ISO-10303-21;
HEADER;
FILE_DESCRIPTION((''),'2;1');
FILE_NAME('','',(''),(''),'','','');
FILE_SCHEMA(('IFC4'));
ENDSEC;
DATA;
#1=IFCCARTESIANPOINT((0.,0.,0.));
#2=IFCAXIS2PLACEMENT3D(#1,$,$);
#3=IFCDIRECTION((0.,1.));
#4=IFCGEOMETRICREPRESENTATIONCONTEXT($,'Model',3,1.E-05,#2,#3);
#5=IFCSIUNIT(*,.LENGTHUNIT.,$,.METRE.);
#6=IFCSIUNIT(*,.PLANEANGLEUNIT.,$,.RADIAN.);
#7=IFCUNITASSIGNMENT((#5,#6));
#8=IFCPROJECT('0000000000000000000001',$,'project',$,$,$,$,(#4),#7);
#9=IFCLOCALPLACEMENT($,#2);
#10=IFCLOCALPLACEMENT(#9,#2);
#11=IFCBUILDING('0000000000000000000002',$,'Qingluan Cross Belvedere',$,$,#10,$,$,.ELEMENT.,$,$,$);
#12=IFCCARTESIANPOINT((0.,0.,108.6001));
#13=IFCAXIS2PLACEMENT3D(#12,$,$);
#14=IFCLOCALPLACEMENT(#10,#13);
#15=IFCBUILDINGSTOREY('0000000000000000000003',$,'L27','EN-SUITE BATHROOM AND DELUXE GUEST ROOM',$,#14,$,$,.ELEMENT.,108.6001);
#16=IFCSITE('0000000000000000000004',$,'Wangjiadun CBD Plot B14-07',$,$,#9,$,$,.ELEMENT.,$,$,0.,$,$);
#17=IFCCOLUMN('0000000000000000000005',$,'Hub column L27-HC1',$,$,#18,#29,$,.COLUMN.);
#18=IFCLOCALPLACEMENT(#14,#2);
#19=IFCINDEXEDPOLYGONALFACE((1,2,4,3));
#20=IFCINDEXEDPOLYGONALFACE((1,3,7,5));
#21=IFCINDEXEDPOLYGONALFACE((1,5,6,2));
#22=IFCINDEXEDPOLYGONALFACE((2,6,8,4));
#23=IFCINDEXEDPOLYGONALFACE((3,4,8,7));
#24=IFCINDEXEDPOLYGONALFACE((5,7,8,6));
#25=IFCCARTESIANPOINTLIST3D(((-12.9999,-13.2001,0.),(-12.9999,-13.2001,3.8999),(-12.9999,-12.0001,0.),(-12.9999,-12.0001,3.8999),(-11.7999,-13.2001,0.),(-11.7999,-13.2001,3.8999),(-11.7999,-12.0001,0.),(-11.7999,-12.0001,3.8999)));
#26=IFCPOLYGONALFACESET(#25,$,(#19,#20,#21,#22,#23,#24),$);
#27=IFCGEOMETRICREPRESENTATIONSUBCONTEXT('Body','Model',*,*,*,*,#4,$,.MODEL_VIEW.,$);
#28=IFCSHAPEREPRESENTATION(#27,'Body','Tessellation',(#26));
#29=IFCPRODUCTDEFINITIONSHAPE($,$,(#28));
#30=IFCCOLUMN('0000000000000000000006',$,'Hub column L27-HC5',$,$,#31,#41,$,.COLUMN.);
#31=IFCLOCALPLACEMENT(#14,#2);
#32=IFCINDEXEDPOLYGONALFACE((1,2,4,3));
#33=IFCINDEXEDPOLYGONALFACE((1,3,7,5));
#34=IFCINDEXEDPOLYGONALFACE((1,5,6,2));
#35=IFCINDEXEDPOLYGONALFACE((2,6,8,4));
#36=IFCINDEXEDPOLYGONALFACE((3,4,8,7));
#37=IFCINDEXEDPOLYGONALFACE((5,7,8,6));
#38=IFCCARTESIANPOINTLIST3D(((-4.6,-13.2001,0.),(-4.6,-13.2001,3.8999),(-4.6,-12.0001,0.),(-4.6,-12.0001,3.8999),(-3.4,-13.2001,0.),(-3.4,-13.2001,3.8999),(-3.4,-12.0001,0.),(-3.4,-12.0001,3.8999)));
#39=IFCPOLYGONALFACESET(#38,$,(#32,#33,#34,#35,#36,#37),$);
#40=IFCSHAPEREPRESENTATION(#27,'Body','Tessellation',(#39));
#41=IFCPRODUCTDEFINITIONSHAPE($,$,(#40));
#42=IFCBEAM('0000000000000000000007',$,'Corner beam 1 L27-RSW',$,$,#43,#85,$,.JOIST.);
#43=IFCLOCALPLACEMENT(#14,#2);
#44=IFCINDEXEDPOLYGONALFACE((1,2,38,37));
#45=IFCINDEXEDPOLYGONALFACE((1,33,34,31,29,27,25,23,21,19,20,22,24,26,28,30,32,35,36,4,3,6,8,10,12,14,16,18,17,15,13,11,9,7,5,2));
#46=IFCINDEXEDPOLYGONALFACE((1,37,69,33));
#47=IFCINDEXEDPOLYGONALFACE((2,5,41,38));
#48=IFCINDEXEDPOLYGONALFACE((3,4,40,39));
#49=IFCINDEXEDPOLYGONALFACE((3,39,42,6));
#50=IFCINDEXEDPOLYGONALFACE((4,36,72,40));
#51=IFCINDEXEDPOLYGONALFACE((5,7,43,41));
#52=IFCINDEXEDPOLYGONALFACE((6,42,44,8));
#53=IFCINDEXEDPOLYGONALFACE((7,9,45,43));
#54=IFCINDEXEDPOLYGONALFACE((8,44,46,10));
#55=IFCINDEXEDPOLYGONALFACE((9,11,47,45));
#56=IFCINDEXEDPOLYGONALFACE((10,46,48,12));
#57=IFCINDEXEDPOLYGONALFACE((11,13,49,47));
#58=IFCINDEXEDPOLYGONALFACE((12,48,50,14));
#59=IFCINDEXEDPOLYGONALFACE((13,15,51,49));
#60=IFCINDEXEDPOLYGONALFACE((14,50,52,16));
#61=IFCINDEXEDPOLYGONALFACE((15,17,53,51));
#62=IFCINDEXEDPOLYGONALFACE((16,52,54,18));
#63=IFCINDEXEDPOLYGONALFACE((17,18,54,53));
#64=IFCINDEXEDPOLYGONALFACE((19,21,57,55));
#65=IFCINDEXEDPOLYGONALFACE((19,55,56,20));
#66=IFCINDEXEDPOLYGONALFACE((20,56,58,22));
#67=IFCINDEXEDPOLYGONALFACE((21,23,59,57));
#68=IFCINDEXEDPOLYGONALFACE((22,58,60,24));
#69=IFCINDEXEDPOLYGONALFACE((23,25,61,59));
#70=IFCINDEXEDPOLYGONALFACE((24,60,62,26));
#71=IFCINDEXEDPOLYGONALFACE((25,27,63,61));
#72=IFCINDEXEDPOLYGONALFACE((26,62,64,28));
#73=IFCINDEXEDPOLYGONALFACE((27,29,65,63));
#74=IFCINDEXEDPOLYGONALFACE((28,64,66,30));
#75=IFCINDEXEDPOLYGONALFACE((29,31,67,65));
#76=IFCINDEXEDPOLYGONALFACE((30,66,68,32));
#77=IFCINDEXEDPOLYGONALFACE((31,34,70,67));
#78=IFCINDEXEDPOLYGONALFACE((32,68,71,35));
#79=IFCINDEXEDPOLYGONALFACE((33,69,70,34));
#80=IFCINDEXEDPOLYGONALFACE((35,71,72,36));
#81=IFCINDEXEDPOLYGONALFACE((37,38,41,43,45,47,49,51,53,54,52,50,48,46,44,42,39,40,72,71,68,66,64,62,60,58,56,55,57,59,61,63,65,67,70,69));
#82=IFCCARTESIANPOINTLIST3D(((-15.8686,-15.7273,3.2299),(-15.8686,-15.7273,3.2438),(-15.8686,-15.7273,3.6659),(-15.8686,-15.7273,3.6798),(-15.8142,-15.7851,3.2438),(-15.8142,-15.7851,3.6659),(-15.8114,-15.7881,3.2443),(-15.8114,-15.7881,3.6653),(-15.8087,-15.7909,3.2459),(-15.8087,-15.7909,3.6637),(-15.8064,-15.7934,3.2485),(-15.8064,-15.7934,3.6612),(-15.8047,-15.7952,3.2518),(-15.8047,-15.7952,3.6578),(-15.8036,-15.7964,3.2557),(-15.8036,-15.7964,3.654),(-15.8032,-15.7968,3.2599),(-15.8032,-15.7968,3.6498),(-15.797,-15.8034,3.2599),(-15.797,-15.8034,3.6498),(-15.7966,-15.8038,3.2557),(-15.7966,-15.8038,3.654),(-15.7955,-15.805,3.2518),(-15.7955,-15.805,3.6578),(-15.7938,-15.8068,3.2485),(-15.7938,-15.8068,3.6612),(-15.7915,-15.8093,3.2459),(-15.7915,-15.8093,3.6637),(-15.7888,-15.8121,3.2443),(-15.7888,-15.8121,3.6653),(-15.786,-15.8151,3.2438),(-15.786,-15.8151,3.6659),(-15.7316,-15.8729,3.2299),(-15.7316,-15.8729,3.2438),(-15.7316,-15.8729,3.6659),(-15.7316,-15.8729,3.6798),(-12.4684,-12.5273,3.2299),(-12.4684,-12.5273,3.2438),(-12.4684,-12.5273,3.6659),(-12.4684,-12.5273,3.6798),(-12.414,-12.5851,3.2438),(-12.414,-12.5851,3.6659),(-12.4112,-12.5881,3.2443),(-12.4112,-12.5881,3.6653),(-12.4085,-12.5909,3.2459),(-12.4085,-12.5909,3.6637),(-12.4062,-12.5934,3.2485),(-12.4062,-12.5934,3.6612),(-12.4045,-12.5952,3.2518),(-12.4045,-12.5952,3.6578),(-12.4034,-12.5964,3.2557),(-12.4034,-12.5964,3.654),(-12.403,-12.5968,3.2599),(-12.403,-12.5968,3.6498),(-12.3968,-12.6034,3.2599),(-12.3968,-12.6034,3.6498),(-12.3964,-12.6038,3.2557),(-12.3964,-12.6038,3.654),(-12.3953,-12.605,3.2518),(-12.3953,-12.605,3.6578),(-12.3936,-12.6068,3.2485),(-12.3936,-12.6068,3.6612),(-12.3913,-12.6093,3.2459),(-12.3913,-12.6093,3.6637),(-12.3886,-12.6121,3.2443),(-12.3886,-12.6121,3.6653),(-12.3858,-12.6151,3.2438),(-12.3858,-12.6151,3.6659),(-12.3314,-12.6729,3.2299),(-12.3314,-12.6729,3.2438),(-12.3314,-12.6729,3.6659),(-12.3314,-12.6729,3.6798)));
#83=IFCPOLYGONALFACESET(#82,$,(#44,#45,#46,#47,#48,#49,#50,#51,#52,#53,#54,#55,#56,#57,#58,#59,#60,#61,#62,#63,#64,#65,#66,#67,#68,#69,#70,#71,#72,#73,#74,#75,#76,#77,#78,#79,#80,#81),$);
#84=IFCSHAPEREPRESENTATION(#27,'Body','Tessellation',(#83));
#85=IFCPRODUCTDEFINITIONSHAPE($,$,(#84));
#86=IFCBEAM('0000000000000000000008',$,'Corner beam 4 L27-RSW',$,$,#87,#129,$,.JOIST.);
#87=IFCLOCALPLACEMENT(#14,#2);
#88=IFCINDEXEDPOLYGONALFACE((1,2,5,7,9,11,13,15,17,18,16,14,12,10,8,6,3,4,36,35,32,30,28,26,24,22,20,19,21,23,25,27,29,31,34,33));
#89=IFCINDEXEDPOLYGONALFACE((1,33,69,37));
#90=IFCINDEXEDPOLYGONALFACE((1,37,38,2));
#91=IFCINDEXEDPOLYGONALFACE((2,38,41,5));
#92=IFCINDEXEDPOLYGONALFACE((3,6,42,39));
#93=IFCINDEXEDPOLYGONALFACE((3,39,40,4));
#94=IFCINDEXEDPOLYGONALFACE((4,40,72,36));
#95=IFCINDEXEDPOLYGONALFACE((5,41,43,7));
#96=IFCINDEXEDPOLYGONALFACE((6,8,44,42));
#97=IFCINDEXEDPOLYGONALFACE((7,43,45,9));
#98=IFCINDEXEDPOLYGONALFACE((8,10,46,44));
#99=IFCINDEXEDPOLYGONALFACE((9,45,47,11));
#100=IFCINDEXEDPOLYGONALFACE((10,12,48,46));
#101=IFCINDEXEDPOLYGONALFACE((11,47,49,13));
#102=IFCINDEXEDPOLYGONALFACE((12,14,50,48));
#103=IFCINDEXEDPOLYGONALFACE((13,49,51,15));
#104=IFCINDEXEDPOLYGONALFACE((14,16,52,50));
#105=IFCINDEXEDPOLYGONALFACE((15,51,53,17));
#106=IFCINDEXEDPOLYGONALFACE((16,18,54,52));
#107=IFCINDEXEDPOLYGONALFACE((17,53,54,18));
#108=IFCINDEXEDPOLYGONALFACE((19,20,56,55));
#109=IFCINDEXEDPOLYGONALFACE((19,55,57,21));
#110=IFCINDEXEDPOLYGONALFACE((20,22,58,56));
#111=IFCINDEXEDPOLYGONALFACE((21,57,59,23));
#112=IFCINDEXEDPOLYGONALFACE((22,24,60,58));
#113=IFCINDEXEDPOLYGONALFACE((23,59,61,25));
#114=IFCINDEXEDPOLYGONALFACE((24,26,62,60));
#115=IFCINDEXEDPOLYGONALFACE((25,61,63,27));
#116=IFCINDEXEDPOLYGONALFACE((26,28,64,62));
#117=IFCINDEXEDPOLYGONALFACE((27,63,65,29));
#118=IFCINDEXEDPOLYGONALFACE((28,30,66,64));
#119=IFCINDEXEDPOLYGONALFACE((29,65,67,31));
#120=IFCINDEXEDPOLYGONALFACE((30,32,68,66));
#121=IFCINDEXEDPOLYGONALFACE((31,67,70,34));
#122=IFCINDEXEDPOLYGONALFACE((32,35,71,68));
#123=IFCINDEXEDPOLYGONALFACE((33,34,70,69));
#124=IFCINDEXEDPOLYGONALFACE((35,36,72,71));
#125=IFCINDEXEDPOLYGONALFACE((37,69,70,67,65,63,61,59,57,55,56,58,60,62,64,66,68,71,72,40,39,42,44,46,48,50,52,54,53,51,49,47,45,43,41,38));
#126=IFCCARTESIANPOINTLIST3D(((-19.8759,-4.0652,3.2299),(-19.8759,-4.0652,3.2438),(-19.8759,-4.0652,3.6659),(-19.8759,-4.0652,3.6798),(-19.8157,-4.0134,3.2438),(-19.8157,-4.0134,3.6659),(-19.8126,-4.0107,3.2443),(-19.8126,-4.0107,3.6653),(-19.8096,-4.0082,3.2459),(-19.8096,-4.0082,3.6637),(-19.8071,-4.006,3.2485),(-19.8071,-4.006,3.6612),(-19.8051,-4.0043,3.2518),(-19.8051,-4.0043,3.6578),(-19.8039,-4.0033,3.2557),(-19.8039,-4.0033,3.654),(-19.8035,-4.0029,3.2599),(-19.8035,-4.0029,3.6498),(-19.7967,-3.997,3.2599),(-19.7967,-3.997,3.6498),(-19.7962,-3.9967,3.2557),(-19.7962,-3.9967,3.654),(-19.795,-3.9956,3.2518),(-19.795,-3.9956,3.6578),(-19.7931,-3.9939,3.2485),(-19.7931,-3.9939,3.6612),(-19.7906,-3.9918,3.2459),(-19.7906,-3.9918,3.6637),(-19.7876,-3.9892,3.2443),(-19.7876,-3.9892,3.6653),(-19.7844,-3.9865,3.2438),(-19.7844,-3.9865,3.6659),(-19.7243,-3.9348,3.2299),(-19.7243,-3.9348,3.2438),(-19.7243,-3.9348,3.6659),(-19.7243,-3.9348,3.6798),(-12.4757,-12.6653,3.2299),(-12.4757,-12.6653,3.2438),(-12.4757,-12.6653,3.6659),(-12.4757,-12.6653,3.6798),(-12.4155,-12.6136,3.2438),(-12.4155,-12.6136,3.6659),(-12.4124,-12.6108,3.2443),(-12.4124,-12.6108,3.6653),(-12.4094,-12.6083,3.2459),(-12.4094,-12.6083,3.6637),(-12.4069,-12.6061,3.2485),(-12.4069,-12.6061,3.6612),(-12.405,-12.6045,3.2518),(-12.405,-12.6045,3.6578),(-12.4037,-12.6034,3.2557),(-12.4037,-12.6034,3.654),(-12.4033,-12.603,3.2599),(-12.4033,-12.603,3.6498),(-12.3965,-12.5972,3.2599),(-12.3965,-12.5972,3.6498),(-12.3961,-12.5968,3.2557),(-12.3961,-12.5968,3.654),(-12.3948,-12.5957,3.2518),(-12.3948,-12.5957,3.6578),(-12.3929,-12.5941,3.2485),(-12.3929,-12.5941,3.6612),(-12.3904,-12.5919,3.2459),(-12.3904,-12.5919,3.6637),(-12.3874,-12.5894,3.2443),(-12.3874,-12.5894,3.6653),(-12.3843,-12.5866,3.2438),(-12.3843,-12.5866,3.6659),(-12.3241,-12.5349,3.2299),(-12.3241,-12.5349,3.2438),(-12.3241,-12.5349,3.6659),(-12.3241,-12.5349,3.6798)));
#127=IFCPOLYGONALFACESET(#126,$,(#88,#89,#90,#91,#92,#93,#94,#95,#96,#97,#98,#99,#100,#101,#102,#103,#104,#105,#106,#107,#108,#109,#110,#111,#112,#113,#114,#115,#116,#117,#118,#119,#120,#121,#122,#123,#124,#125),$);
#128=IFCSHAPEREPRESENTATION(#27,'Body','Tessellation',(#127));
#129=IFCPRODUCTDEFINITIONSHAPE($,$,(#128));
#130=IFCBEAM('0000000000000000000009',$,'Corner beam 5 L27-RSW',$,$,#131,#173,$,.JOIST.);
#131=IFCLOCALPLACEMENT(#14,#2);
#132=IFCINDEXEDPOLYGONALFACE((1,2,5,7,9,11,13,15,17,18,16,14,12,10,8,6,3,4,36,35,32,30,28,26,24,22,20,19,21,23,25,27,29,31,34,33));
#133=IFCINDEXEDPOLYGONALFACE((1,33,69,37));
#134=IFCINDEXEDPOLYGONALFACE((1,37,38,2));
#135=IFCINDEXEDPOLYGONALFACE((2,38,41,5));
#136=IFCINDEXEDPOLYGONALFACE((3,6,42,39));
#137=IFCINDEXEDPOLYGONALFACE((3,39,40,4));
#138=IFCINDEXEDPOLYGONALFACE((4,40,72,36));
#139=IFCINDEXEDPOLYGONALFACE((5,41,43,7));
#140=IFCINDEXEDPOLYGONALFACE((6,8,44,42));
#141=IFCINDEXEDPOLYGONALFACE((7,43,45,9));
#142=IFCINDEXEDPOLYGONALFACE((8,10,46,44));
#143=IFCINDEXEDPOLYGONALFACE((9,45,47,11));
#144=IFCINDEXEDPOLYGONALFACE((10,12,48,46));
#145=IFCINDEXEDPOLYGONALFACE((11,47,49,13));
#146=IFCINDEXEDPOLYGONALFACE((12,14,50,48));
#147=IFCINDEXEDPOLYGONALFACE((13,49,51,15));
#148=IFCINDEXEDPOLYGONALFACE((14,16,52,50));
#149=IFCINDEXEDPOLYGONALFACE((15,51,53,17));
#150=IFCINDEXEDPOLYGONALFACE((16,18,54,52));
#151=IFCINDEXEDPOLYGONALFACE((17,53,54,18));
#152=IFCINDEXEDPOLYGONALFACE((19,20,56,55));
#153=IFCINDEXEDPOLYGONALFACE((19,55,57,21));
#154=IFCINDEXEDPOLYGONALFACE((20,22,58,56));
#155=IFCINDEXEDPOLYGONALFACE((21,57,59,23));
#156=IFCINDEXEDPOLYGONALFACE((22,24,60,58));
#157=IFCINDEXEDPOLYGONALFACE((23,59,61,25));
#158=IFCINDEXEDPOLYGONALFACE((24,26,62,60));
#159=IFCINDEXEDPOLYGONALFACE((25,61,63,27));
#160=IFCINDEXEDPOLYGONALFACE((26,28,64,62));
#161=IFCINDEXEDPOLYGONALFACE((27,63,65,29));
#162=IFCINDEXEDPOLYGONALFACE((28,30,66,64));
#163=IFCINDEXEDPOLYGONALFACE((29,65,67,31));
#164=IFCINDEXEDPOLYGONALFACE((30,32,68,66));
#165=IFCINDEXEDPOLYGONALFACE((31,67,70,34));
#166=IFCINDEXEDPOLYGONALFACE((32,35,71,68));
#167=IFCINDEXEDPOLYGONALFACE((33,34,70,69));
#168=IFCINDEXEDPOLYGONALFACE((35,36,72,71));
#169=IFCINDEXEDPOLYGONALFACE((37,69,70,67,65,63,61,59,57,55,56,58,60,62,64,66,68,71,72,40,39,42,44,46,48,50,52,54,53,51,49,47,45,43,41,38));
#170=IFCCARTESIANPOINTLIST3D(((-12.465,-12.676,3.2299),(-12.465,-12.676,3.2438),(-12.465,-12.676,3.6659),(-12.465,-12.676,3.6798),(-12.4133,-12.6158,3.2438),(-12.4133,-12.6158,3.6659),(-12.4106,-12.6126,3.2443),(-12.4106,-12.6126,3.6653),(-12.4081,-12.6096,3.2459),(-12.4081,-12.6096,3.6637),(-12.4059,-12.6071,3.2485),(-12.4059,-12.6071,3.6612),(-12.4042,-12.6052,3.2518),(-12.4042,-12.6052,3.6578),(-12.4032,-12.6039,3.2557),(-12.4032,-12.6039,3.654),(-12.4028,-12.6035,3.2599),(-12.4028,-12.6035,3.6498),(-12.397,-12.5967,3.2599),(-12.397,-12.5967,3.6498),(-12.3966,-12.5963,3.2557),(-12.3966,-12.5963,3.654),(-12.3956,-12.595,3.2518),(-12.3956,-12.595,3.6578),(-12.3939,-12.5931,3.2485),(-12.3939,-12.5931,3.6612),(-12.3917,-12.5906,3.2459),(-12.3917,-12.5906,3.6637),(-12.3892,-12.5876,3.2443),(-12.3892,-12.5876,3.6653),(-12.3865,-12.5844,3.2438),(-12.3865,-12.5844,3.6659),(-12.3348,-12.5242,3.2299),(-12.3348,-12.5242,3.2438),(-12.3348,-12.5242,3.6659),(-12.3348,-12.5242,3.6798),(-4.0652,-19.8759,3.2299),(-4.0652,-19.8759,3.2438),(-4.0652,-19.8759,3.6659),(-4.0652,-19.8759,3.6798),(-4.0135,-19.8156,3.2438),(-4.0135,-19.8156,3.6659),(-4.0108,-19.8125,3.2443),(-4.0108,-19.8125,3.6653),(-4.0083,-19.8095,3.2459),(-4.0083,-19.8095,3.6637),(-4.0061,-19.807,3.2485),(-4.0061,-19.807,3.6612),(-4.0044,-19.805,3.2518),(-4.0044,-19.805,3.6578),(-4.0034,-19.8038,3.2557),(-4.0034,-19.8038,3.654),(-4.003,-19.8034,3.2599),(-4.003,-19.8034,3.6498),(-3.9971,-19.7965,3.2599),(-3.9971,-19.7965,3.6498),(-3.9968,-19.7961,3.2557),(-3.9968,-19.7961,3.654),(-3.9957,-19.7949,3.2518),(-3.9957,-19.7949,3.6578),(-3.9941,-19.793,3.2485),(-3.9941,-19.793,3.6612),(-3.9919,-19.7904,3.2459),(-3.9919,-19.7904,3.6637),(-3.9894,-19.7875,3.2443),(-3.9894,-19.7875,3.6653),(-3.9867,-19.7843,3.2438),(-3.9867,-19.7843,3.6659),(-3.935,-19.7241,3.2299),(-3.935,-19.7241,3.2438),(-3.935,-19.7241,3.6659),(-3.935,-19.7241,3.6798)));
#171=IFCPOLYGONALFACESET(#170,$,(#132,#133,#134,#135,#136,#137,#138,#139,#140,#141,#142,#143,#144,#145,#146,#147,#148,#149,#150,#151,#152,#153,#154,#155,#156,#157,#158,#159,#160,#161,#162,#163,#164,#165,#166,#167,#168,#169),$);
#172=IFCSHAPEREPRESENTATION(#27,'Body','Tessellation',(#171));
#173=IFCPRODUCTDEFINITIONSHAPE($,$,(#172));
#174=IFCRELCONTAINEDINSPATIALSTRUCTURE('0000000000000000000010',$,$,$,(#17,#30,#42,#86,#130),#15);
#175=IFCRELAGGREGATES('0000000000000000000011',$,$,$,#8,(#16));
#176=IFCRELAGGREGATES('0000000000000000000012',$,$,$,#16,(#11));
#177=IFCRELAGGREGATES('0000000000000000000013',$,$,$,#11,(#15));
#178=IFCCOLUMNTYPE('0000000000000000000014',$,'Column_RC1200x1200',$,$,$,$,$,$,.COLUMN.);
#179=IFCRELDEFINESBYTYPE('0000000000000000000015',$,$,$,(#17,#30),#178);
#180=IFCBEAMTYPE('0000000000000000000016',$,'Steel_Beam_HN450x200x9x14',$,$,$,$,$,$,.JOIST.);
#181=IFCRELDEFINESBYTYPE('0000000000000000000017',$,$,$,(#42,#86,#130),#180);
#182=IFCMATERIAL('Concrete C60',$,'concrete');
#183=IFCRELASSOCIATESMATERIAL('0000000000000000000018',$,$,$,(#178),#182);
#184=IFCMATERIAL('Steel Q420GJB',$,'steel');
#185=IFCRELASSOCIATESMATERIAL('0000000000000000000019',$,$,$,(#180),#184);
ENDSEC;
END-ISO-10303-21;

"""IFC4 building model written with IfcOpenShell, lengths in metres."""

from ifc_helpers import new_model, si_unit, direction, frame, origin, origin_2d, place, context, subcontext, project, spatial, rectangle, i_section, extrude, material, material_profile, profile_set, type_object, element, save


model = new_model("IFC4")

# Units and contexts
model_context = context("Model", 3, precision=1e-05, world=origin(), true_north=direction((0.0, 1.0)))
body_context = subcontext(model_context, "Body", "Model", "MODEL_VIEW")
ifc_project = project(units=[si_unit("LENGTHUNIT", "METRE"), si_unit("PLANEANGLEUNIT", "RADIAN")], contexts=[model_context])

# Site, building, storey
site_placement = place(None, origin())
site = spatial("IfcSite", under=ifc_project, at=site_placement, Name="Wangjiadun CBD Plot B14-07", CompositionType="ELEMENT", RefElevation=0.0)
building_placement = place(site_placement, origin())
building = spatial("IfcBuilding", under=site, at=building_placement, Name="Qingluan Cross Belvedere", CompositionType="ELEMENT")
storey_placement = place(building_placement, frame((0.0, 0.0, 108.6001)))
storey = spatial("IfcBuildingStorey", under=building, at=storey_placement, Name="L27", Description="EN-SUITE BATHROOM AND DELUXE GUEST ROOM", CompositionType="ELEMENT", Elevation=108.6001)

# Columns
ifc_material_1 = material(Name="Concrete C60", Category="concrete")
ifc_material_profile_1 = material_profile(ifc_material_1, rectangle(XDim=1.2, YDim=1.2, at=origin_2d()), Name="RC1200x1200")
ifc_profile_set_1 = profile_set([ifc_material_profile_1], Name="Concrete C60")
column_type = type_object("IfcColumnType", Name="Column_RC1200x1200", PredefinedType="COLUMN", material=ifc_profile_set_1)
for number, where, z_axis, x_axis, name in (
    (1, (-12.3999, -12.6001, 0.0), (0.0, 0.0, 1.0), (1.0, 0.0, 0.0), "Hub column L27-HC1"),
    (2, (-4.0, -12.6001, 0.0), (0.0, 0.0, 1.0), (1.0, 0.0, 0.0), "Hub column L27-HC5"),
):
    element("IfcColumn", number, at=place(storey_placement, frame(where, z_axis=z_axis, x_axis=x_axis)), inside=storey, type_object=column_type, Name=name, PredefinedType="COLUMN", context=body_context, shape_type="SweptSolid", body=[
        extrude(rectangle(XDim=1.2, YDim=1.2, at=origin_2d()), origin(), (0.0, 0.0, 1.0), 3.8999),
    ])

# Beams
ifc_material_2 = material(Name="Steel Q420GJB", Category="steel")
ifc_material_profile_2 = material_profile(ifc_material_2, i_section(OverallWidth=0.2, OverallDepth=0.45, WebThickness=0.009, FlangeThickness=0.0139, FilletRadius=0.0161, at=origin_2d()), Name="HN450x200x9x14")
ifc_profile_set_2 = profile_set([ifc_material_profile_2], Name="Steel Q420GJB")
beam_type_1 = type_object("IfcBeamType", Name="Steel_Beam_HN450x200x9x14", PredefinedType="JOIST", material=ifc_profile_set_2)
beam_1_placement = place(storey_placement, frame((-12.3999, -12.6001, 3.4548), z_axis=(-0.72822, -0.685343, 0.0), x_axis=(0.685343, -0.72822, 0.0)))
element("IfcBeam", 3, at=beam_1_placement, inside=storey, type_object=beam_type_1, Name="Corner beam 1 L27-RSW", PredefinedType="JOIST", context=body_context, shape_type="SweptSolid", body=[
    extrude(i_section(OverallWidth=0.2, OverallDepth=0.45, WebThickness=0.009, FlangeThickness=0.0139, FilletRadius=0.0161, at=origin_2d()), origin(), (0.0, 0.0, 1.0), 4.6692),
])
beam_2_placement = place(storey_placement, frame((-12.3999, -12.6001, 3.4548), z_axis=(-0.652245, 0.758008, 0.0), x_axis=(-0.758008, -0.652245, 0.0)))
element("IfcBeam", 4, at=beam_2_placement, inside=storey, type_object=beam_type_1, Name="Corner beam 4 L27-RSW", PredefinedType="JOIST", context=body_context, shape_type="SweptSolid", body=[
    extrude(i_section(OverallWidth=0.2, OverallDepth=0.45, WebThickness=0.009, FlangeThickness=0.0139, FilletRadius=0.0161, at=origin_2d()), origin(), (0.0, 0.0, 1.0), 11.3457),
])
beam_3_placement = place(storey_placement, frame((-12.3999, -12.6001, 3.4548), z_axis=(0.759255, -0.650793, 0.0), x_axis=(0.650793, 0.759255, 0.0)))
element("IfcBeam", 5, at=beam_3_placement, inside=storey, type_object=beam_type_1, Name="Corner beam 5 L27-RSW", PredefinedType="JOIST", context=body_context, shape_type="SweptSolid", body=[
    extrude(i_section(OverallWidth=0.2, OverallDepth=0.45, WebThickness=0.009, FlangeThickness=0.0139, FilletRadius=0.0161, at=origin_2d()), origin(), (0.0, 0.0, 1.0), 11.0632),
])

save(model, "model.ifc")
